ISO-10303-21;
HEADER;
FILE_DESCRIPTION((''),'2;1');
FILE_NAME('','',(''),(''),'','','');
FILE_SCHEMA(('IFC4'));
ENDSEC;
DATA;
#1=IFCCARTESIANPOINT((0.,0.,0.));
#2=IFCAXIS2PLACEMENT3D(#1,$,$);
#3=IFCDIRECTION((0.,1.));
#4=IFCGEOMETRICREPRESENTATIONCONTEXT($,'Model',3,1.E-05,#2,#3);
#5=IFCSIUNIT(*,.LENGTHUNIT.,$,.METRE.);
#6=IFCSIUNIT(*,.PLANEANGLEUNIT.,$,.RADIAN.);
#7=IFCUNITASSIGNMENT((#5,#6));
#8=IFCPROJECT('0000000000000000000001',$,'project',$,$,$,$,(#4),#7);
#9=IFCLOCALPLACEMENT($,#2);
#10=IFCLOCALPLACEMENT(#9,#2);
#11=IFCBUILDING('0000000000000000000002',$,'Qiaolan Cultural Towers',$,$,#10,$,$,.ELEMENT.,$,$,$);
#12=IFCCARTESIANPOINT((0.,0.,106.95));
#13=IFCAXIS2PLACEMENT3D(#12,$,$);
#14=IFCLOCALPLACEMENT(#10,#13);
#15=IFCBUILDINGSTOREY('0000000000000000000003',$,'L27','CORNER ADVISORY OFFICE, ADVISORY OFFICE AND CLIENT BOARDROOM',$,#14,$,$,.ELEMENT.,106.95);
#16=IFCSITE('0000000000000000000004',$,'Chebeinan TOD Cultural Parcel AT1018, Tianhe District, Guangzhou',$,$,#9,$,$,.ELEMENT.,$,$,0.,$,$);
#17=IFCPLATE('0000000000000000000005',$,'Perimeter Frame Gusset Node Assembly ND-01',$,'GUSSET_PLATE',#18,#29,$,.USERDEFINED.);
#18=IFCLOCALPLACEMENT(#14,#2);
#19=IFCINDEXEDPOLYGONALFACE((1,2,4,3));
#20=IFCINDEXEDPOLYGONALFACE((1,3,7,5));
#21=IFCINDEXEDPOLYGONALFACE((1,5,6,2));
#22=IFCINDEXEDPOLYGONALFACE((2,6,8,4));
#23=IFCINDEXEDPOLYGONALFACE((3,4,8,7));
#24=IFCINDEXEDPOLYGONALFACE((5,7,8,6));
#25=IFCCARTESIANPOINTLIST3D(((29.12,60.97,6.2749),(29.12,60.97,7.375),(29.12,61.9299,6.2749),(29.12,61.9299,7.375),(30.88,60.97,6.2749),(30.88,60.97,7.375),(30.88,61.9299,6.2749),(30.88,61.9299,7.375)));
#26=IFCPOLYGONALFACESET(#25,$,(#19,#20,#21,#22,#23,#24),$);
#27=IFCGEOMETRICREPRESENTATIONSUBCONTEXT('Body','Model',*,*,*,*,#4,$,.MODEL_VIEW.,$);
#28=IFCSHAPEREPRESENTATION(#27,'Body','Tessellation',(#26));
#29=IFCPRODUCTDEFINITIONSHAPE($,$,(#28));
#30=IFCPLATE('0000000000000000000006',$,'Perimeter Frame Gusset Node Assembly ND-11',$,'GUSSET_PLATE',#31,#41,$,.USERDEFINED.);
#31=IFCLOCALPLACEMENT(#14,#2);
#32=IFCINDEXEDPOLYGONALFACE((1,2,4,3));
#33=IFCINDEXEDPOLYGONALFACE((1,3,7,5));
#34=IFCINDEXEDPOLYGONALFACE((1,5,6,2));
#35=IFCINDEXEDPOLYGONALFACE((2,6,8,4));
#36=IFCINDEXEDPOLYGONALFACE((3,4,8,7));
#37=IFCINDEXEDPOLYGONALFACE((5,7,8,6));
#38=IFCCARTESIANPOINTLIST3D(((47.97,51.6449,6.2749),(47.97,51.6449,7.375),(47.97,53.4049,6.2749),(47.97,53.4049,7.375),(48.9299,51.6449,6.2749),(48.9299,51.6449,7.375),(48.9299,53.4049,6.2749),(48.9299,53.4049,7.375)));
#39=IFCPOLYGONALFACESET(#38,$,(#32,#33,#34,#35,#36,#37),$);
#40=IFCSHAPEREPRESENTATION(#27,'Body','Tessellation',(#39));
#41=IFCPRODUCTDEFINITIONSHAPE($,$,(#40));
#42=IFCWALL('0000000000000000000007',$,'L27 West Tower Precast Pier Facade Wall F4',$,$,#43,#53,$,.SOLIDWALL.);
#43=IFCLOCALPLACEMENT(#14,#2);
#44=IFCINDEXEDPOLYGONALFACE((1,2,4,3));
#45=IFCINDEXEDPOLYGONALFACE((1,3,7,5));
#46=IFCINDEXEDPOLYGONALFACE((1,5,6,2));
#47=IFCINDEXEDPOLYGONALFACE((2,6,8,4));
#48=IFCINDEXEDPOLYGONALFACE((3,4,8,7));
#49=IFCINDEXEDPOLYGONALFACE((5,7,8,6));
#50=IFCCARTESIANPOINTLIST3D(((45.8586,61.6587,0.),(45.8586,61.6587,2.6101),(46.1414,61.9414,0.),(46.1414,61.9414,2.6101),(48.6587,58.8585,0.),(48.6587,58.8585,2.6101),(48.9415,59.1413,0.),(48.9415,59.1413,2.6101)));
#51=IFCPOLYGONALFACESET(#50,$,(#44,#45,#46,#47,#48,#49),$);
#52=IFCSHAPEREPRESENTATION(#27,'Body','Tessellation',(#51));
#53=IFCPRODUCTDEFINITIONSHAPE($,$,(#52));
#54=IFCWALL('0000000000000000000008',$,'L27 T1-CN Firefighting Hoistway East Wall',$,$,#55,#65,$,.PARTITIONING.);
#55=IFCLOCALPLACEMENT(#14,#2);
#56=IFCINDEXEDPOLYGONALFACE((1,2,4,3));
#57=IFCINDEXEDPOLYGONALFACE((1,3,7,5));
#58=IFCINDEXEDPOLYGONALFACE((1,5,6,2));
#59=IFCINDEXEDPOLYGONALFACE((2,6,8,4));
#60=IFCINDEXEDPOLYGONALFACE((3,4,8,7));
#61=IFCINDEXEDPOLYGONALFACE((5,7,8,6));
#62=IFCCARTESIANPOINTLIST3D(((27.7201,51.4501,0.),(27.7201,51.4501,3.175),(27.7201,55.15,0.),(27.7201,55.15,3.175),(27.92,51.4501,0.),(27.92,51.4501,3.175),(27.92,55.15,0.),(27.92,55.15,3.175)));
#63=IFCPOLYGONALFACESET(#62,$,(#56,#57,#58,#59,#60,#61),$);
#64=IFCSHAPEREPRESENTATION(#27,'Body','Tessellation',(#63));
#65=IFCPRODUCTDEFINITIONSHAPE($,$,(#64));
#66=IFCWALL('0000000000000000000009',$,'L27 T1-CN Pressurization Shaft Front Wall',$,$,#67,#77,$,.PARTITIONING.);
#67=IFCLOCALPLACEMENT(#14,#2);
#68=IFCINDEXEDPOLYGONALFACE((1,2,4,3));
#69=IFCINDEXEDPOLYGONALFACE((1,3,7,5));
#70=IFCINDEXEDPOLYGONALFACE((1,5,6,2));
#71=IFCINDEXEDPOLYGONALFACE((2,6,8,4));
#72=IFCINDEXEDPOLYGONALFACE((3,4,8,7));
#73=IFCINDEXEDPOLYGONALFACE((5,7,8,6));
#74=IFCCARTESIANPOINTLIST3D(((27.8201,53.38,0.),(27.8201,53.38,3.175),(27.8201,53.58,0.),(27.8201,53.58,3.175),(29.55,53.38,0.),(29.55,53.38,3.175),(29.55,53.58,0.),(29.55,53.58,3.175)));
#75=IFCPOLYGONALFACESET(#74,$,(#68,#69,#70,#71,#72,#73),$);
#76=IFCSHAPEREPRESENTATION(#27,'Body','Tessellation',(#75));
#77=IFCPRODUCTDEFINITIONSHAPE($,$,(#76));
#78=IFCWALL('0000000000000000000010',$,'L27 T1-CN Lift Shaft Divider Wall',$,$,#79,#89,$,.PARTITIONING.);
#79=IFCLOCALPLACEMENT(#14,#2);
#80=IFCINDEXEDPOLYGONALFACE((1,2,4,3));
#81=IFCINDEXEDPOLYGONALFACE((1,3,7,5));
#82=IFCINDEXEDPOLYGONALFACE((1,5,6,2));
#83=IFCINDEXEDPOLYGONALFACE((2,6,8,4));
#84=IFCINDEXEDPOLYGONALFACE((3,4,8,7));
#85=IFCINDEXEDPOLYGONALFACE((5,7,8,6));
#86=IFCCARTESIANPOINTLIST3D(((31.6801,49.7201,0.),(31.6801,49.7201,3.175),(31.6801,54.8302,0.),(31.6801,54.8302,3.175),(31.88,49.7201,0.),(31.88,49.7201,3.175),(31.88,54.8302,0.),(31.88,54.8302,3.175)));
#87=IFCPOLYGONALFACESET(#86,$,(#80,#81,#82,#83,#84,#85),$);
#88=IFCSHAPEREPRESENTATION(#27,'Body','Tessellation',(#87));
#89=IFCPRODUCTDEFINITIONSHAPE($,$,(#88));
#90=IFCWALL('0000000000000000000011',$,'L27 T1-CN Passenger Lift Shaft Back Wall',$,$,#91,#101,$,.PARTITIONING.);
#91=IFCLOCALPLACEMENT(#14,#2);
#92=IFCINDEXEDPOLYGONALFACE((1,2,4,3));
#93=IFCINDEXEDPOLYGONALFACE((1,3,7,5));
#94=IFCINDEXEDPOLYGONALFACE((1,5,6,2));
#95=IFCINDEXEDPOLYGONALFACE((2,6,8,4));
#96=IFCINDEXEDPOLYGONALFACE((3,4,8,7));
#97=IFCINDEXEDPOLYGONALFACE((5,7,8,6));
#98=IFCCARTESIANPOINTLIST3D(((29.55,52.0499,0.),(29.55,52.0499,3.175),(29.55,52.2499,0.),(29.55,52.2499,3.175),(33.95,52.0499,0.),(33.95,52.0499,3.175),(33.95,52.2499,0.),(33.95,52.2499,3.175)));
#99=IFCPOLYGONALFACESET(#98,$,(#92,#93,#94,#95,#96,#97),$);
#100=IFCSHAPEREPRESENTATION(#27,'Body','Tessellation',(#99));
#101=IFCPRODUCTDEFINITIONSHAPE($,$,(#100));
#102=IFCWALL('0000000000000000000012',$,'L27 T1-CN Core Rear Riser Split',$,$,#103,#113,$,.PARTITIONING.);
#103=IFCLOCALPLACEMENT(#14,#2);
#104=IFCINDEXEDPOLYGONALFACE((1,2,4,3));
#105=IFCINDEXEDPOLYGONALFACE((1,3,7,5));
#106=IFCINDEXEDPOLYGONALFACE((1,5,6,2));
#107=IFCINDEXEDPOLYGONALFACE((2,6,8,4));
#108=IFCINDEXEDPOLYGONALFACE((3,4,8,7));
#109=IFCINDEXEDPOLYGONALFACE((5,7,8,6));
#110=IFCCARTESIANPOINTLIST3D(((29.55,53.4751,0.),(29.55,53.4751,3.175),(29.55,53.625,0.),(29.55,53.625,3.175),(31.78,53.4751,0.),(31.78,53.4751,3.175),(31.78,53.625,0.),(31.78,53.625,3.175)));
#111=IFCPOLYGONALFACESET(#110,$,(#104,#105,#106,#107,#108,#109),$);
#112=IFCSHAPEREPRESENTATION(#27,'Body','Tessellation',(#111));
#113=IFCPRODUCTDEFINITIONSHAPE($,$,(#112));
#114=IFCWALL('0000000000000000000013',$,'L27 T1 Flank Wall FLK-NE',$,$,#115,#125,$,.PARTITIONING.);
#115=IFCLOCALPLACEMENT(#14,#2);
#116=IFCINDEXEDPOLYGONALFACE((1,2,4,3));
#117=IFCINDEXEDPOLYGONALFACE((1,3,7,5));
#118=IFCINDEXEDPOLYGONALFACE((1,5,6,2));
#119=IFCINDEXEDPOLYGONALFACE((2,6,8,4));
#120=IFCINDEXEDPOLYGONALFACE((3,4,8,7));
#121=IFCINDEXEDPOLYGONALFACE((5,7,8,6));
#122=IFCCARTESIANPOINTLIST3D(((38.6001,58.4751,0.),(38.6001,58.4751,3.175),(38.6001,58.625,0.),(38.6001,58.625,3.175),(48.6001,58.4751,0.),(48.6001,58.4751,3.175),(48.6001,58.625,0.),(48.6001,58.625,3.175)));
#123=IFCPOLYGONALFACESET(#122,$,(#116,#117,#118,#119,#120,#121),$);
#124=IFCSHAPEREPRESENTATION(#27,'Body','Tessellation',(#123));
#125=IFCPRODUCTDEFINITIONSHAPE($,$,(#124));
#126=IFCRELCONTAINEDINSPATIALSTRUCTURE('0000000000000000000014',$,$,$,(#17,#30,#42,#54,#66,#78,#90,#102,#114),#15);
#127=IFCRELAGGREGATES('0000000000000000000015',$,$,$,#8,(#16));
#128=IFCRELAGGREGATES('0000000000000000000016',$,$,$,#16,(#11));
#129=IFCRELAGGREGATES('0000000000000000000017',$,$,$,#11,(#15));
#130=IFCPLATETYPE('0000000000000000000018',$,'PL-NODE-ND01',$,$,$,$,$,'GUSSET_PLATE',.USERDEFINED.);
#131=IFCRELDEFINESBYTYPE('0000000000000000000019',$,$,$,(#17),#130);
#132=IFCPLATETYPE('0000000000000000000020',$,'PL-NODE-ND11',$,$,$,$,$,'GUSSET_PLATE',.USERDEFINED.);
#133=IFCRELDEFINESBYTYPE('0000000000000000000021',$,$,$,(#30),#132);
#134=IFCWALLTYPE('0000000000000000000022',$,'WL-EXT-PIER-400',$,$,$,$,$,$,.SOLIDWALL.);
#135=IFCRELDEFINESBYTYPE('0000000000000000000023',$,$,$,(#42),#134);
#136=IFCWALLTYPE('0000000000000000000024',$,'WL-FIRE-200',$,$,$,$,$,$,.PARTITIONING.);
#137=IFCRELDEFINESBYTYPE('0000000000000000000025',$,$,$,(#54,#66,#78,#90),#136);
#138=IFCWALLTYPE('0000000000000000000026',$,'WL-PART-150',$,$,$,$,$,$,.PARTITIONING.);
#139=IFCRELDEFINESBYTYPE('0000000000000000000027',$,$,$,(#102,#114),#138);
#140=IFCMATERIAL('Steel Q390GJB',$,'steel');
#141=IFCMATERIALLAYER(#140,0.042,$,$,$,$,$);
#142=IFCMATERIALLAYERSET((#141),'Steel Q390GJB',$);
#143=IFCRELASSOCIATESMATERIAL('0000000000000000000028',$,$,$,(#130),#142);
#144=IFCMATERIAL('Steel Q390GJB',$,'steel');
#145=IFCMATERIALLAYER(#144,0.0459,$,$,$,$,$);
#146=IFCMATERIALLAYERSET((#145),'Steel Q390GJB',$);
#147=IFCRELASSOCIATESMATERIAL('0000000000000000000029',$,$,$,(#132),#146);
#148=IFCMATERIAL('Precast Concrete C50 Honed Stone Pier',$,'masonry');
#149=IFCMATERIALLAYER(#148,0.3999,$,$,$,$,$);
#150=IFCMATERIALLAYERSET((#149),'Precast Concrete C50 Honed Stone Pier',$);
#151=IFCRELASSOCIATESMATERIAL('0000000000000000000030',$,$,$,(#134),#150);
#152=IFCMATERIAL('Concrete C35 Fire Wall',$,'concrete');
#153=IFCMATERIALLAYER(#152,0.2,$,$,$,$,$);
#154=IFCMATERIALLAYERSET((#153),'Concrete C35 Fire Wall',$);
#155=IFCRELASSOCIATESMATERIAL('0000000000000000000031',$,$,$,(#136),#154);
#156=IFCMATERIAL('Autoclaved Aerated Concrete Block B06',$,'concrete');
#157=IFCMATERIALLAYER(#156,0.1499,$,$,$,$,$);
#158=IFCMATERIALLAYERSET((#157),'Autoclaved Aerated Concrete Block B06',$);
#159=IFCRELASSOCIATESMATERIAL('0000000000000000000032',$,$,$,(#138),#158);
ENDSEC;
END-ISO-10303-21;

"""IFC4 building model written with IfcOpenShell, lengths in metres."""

from ifc_helpers import new_model, si_unit, direction, frame, frame_2d, origin, origin_2d, place, context, subcontext, project, spatial, rectangle, extrude, material, layer, layer_set, type_object, element, save


model = new_model("IFC4")

# Units and contexts
model_context = context("Model", 3, precision=1e-05, world=origin(), true_north=direction((0.0, 1.0)))
body_context = subcontext(model_context, "Body", "Model", "MODEL_VIEW")
ifc_project = project(units=[si_unit("LENGTHUNIT", "METRE"), si_unit("PLANEANGLEUNIT", "RADIAN")], contexts=[model_context])

# Site, building, storey
site_placement = place(None, origin())
site = spatial("IfcSite", under=ifc_project, at=site_placement, Name="Chebeinan TOD Cultural Parcel AT1018, Tianhe District, Guangzhou", CompositionType="ELEMENT", RefElevation=0.0)
building_placement = place(site_placement, origin())
building = spatial("IfcBuilding", under=site, at=building_placement, Name="Qiaolan Cultural Towers", CompositionType="ELEMENT")
storey_placement = place(building_placement, frame((0.0, 0.0, 106.95)))
storey = spatial("IfcBuildingStorey", under=building, at=storey_placement, Name="L27", Description="CORNER ADVISORY OFFICE, ADVISORY OFFICE AND CLIENT BOARDROOM", CompositionType="ELEMENT", Elevation=106.95)

# Plates
ifc_material_1 = material(Name="Steel Q390GJB", Category="steel")
ifc_layer_1 = layer(ifc_material_1, 0.042)
ifc_layer_set_1 = layer_set([ifc_layer_1], Name="Steel Q390GJB")
plate_type_1 = type_object("IfcPlateType", Name="PL-NODE-ND01", ElementType="GUSSET_PLATE", PredefinedType="USERDEFINED", material=ifc_layer_set_1)
plate_1_placement = place(storey_placement, frame((30.0, 61.45, 6.2749), z_axis=(0.0, 0.0, 1.0), x_axis=(1.0, 0.0, 0.0)))
element("IfcPlate", 1, at=plate_1_placement, inside=storey, type_object=plate_type_1, Name="Perimeter Frame Gusset Node Assembly ND-01", ObjectType="GUSSET_PLATE", PredefinedType="USERDEFINED", context=body_context, shape_type="SweptSolid", body=[
    extrude(rectangle(XDim=1.76, YDim=0.96, at=origin_2d()), origin(), (0.0, 0.0, 1.0), 1.1001),
])
ifc_material_2 = material(Name="Steel Q390GJB", Category="steel")
ifc_layer_2 = layer(ifc_material_2, 0.0459)
ifc_layer_set_2 = layer_set([ifc_layer_2], Name="Steel Q390GJB")
plate_type_2 = type_object("IfcPlateType", Name="PL-NODE-ND11", ElementType="GUSSET_PLATE", PredefinedType="USERDEFINED", material=ifc_layer_set_2)
plate_2_placement = place(storey_placement, frame((48.45, 52.5249, 6.2749), z_axis=(0.0, 0.0, 1.0), x_axis=(0.0, 1.0, 0.0)))
element("IfcPlate", 2, at=plate_2_placement, inside=storey, type_object=plate_type_2, Name="Perimeter Frame Gusset Node Assembly ND-11", ObjectType="GUSSET_PLATE", PredefinedType="USERDEFINED", context=body_context, shape_type="SweptSolid", body=[
    extrude(rectangle(XDim=1.76, YDim=0.96, at=origin_2d()), origin(), (0.0, 0.0, 1.0), 1.1001),
])

# Walls
ifc_material_3 = material(Name="Precast Concrete C50 Honed Stone Pier", Category="masonry")
ifc_layer_3 = layer(ifc_material_3, 0.3999)
ifc_layer_set_3 = layer_set([ifc_layer_3], Name="Precast Concrete C50 Honed Stone Pier")
wall_type_1 = type_object("IfcWallType", Name="WL-EXT-PIER-400", PredefinedType="SOLIDWALL", material=ifc_layer_set_3)
wall_1_placement = place(storey_placement, frame((46.0, 61.8, 0.0), z_axis=(0.0, 0.0, 1.0), x_axis=(0.707107, -0.707107, 0.0)))
element("IfcWall", 3, at=wall_1_placement, inside=storey, type_object=wall_type_1, Name="L27 West Tower Precast Pier Facade Wall F4", PredefinedType="SOLIDWALL", context=body_context, shape_type="SweptSolid", body=[
    extrude(rectangle(XDim=3.96, YDim=0.3999, at=frame_2d((1.98, 0.0))), origin(), (0.0, 0.0, 1.0), 2.6101),
])
ifc_material_4 = material(Name="Concrete C35 Fire Wall", Category="concrete")
ifc_layer_4 = layer(ifc_material_4, 0.2)
ifc_layer_set_4 = layer_set([ifc_layer_4], Name="Concrete C35 Fire Wall")
wall_type_2 = type_object("IfcWallType", Name="WL-FIRE-200", PredefinedType="PARTITIONING", material=ifc_layer_set_4)
wall_2_placement = place(storey_placement, frame((27.8201, 51.45, 0.0), z_axis=(0.0, 0.0, 1.0), x_axis=(0.0, 1.0, 0.0)))
element("IfcWall", 4, at=wall_2_placement, inside=storey, type_object=wall_type_2, Name="L27 T1-CN Firefighting Hoistway East Wall", PredefinedType="PARTITIONING", context=body_context, shape_type="SweptSolid", body=[
    extrude(rectangle(XDim=3.7, YDim=0.2, at=frame_2d((1.8501, 0.0))), origin(), (0.0, 0.0, 1.0), 3.175),
])
wall_3_placement = place(storey_placement, frame((27.8201, 53.48, 0.0), z_axis=(0.0, 0.0, 1.0), x_axis=(1.0, 0.0, 0.0)))
element("IfcWall", 5, at=wall_3_placement, inside=storey, type_object=wall_type_2, Name="L27 T1-CN Pressurization Shaft Front Wall", PredefinedType="PARTITIONING", context=body_context, shape_type="SweptSolid", body=[
    extrude(rectangle(XDim=1.73, YDim=0.2, at=frame_2d((0.865, 0.0))), origin(), (0.0, 0.0, 1.0), 3.175),
])
wall_4_placement = place(storey_placement, frame((31.78, 49.72, 0.0), z_axis=(0.0, 0.0, 1.0), x_axis=(0.0, 1.0, 0.0)))
element("IfcWall", 6, at=wall_4_placement, inside=storey, type_object=wall_type_2, Name="L27 T1-CN Lift Shaft Divider Wall", PredefinedType="PARTITIONING", context=body_context, shape_type="SweptSolid", body=[
    extrude(rectangle(XDim=5.1101, YDim=0.2, at=frame_2d((2.5552, 0.0))), origin(), (0.0, 0.0, 1.0), 3.175),
])
wall_5_placement = place(storey_placement, frame((29.55, 52.1499, 0.0), z_axis=(0.0, 0.0, 1.0), x_axis=(1.0, 0.0, 0.0)))
element("IfcWall", 7, at=wall_5_placement, inside=storey, type_object=wall_type_2, Name="L27 T1-CN Passenger Lift Shaft Back Wall", PredefinedType="PARTITIONING", context=body_context, shape_type="SweptSolid", body=[
    extrude(rectangle(XDim=4.3999, YDim=0.2, at=frame_2d((2.2, 0.0))), origin(), (0.0, 0.0, 1.0), 3.175),
])
ifc_material_5 = material(Name="Autoclaved Aerated Concrete Block B06", Category="concrete")
ifc_layer_5 = layer(ifc_material_5, 0.1499)
ifc_layer_set_5 = layer_set([ifc_layer_5], Name="Autoclaved Aerated Concrete Block B06")
wall_type_3 = type_object("IfcWallType", Name="WL-PART-150", PredefinedType="PARTITIONING", material=ifc_layer_set_5)
wall_6_placement = place(storey_placement, frame((29.55, 53.55, 0.0), z_axis=(0.0, 0.0, 1.0), x_axis=(1.0, 0.0, 0.0)))
element("IfcWall", 8, at=wall_6_placement, inside=storey, type_object=wall_type_3, Name="L27 T1-CN Core Rear Riser Split", PredefinedType="PARTITIONING", context=body_context, shape_type="SweptSolid", body=[
    extrude(rectangle(XDim=2.23, YDim=0.1499, at=frame_2d((1.115, 0.0))), origin(), (0.0, 0.0, 1.0), 3.175),
])
wall_7_placement = place(storey_placement, frame((38.6001, 58.55, 0.0), z_axis=(0.0, 0.0, 1.0), x_axis=(1.0, 0.0, 0.0)))
element("IfcWall", 9, at=wall_7_placement, inside=storey, type_object=wall_type_3, Name="L27 T1 Flank Wall FLK-NE", PredefinedType="PARTITIONING", context=body_context, shape_type="SweptSolid", body=[
    extrude(rectangle(XDim=10.0, YDim=0.1499, at=frame_2d((5.0, 0.0))), origin(), (0.0, 0.0, 1.0), 3.175),
])

save(model, "model.ifc")
